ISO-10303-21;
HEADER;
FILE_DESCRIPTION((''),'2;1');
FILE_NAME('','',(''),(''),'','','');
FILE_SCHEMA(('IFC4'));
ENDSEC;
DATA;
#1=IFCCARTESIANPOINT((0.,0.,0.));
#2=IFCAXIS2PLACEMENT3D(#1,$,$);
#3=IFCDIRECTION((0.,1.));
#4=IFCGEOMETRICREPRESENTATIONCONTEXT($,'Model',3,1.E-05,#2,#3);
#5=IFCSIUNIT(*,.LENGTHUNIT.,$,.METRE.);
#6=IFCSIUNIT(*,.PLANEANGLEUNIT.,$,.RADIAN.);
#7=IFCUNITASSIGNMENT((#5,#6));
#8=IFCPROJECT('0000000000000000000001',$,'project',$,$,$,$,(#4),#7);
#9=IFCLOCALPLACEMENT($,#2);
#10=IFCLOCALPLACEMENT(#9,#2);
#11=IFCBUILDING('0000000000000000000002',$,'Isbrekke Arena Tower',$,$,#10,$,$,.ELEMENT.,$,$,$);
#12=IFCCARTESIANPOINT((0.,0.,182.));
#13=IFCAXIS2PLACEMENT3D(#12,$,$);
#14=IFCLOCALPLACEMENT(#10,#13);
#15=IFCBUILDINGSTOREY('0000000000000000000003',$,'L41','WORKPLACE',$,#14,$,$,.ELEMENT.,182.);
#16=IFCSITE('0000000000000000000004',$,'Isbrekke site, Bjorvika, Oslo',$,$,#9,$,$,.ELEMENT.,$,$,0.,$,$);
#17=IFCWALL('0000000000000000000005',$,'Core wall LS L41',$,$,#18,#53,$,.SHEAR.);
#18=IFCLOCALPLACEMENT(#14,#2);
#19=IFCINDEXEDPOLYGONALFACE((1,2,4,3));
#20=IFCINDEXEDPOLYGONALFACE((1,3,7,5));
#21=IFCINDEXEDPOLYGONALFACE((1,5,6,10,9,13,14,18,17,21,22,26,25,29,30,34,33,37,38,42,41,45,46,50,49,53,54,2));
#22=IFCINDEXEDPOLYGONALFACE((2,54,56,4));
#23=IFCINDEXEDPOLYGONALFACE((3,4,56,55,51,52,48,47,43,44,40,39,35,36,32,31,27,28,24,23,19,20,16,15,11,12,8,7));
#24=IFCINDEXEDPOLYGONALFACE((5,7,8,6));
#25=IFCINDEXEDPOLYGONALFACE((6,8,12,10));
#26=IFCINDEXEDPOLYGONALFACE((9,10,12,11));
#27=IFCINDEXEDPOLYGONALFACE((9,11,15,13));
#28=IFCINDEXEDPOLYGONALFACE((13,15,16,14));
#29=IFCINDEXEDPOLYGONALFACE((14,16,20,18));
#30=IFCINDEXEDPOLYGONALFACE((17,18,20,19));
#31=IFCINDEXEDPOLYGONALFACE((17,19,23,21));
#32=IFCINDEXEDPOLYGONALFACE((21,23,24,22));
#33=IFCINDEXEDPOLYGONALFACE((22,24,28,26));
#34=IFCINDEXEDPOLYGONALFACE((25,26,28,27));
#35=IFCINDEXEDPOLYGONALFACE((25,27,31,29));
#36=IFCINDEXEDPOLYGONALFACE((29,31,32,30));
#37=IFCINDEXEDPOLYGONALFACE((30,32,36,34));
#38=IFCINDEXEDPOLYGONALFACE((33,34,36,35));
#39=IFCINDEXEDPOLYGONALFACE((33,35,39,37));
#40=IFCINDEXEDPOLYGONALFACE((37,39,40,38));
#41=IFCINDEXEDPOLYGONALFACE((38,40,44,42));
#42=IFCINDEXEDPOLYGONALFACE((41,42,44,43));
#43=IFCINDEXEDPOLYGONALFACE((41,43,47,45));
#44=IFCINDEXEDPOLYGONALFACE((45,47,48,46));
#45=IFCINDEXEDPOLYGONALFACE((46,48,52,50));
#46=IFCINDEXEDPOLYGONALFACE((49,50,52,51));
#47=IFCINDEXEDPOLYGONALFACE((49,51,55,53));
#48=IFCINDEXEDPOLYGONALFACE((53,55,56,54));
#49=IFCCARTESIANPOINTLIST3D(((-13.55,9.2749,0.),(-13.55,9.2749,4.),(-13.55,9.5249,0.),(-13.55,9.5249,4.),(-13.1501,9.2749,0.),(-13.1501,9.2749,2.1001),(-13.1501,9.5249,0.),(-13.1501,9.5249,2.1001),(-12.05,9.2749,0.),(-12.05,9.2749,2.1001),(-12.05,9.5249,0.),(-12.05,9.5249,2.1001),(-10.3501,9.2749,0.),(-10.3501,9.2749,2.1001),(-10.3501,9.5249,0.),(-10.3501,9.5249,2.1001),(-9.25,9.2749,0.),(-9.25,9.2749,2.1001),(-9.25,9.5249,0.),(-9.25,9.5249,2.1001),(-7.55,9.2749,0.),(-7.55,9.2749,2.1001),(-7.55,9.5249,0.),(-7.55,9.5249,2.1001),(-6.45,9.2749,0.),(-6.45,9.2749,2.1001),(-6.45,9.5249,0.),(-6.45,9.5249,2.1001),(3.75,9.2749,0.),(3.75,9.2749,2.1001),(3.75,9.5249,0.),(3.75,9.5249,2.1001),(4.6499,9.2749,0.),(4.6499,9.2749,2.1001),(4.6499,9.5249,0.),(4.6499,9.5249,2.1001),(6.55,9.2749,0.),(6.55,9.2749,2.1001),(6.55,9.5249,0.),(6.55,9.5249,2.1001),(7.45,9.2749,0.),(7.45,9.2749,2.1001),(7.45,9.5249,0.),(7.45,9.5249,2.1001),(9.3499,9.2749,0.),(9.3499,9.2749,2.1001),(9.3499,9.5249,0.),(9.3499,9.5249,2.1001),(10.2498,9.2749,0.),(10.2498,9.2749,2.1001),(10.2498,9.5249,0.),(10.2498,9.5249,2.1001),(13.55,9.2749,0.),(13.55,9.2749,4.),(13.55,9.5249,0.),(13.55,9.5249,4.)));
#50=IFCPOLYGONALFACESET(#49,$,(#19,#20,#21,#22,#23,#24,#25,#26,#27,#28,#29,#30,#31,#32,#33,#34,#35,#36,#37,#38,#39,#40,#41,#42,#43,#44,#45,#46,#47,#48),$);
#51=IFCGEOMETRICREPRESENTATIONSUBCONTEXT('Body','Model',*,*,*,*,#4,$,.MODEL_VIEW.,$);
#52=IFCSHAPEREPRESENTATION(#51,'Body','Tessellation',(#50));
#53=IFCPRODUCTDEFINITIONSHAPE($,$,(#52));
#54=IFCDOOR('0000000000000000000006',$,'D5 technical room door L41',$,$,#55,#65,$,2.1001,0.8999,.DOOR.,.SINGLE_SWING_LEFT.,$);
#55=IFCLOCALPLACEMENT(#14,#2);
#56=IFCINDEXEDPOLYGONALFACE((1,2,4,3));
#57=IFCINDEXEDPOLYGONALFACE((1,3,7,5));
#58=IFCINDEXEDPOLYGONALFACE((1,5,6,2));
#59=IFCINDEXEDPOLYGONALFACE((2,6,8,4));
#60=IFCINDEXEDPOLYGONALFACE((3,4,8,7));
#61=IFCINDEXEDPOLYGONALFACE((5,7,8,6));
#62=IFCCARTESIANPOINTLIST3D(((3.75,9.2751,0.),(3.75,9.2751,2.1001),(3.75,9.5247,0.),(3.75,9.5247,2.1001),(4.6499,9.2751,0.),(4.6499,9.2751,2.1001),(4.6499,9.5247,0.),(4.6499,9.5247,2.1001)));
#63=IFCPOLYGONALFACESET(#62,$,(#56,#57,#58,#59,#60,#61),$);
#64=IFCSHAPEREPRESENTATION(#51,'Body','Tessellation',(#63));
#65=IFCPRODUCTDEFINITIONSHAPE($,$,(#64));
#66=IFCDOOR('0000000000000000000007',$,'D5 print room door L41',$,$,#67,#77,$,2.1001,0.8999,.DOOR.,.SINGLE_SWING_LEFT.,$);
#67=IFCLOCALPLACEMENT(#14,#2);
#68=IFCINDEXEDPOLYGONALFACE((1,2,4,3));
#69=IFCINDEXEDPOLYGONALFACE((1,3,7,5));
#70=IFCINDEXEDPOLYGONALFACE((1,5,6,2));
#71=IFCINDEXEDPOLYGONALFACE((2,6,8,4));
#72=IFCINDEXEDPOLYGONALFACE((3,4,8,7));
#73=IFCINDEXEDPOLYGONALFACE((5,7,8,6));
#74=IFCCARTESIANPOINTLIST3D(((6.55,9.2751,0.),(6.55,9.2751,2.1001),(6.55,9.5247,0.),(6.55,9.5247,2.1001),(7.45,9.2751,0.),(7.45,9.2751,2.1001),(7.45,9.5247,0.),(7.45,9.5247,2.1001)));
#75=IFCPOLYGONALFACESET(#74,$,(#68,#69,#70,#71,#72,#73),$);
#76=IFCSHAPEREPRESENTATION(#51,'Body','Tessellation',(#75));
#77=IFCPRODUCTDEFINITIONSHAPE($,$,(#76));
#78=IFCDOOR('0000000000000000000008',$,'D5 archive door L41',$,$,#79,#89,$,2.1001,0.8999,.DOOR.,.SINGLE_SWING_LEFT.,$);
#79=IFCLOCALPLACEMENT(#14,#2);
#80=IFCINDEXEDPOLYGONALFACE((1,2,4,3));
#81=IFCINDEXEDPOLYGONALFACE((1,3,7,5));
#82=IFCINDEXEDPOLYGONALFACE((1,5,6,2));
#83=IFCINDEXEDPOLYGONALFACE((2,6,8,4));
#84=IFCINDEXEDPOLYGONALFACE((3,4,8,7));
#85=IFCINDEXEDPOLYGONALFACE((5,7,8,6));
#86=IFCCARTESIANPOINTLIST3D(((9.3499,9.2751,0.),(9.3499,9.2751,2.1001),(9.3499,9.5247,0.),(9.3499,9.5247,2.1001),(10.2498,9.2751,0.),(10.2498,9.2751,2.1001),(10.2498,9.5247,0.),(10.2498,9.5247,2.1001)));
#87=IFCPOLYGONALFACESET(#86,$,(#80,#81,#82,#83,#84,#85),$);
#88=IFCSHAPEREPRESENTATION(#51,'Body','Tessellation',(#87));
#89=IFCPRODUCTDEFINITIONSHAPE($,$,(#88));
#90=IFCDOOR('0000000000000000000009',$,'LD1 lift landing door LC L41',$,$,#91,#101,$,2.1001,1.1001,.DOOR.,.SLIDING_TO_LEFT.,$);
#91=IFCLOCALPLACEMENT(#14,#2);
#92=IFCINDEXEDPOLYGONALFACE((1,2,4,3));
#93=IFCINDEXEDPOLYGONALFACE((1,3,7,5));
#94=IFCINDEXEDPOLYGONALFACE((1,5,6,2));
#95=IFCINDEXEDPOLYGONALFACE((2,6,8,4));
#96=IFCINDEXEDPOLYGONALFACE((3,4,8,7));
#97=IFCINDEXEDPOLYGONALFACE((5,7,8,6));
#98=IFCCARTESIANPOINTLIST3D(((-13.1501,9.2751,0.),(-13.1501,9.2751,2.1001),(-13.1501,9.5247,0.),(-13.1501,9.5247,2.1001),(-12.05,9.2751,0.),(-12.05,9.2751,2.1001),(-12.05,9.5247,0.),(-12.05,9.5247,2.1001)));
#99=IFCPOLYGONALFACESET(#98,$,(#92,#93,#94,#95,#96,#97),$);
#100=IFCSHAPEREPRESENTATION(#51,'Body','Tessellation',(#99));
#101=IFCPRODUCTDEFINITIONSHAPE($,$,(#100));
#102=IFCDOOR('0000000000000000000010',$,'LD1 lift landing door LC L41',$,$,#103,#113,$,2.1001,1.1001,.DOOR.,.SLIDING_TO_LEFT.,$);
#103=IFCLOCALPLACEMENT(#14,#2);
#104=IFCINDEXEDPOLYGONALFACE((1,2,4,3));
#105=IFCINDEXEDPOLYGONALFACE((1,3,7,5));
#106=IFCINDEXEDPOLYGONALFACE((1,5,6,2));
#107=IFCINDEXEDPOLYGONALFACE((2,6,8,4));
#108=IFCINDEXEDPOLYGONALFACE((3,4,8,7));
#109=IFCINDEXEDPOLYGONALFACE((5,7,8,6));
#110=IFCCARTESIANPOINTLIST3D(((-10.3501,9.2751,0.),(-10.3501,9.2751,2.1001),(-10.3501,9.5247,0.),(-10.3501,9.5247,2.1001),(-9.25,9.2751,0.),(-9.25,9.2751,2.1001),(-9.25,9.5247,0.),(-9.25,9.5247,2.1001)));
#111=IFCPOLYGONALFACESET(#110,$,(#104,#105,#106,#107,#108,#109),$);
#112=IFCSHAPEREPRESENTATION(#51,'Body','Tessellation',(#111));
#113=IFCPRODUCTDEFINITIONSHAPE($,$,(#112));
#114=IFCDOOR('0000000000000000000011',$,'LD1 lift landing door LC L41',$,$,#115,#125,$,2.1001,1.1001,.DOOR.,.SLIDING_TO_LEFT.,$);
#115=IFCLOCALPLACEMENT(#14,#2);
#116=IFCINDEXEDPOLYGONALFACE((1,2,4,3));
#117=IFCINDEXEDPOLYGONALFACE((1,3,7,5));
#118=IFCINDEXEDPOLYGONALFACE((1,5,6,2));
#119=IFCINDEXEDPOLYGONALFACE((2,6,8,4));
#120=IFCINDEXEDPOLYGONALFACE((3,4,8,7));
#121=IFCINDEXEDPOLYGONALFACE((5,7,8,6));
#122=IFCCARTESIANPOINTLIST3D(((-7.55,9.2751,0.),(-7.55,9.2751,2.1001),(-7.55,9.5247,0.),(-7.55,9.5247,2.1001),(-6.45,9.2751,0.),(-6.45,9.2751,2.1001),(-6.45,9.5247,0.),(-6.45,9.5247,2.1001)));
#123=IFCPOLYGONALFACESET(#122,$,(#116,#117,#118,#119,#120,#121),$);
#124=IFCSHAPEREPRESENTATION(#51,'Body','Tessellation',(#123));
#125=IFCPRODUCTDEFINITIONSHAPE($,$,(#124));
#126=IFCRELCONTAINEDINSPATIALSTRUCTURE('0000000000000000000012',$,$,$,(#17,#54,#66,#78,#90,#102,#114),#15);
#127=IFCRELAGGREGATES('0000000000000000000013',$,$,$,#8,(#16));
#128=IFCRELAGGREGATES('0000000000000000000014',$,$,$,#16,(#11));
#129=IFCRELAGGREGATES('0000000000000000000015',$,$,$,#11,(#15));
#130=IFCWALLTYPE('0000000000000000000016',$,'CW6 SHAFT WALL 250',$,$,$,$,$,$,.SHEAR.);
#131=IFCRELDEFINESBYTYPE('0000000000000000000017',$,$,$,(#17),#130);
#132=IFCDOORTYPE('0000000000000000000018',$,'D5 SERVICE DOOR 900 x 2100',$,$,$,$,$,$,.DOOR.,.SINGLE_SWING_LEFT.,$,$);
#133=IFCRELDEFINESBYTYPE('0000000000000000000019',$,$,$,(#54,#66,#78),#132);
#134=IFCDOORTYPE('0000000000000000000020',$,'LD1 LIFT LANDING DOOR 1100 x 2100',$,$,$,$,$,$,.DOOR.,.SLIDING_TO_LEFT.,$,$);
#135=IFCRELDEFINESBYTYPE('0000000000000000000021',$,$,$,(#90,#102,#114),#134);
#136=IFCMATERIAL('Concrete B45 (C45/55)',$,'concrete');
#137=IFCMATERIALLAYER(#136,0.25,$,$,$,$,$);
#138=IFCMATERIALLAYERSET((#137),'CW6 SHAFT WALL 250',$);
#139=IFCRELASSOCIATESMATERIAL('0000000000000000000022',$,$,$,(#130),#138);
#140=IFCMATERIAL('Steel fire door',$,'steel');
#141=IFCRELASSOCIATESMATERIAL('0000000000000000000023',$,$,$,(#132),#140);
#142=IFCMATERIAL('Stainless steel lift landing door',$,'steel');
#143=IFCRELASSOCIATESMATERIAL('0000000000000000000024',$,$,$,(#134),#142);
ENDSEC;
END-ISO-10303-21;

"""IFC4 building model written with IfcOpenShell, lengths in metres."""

from ifc_helpers import new_model, si_unit, direction, frame, frame_2d, origin, place, context, subcontext, project, spatial, rectangle, extrude, material, layer, layer_set, type_object, element, fill, save


model = new_model("IFC4")

# Units and contexts
model_context = context("Model", 3, precision=1e-05, world=origin(), true_north=direction((0.0, 1.0)))
body_context = subcontext(model_context, "Body", "Model", "MODEL_VIEW")
ifc_project = project(units=[si_unit("LENGTHUNIT", "METRE"), si_unit("PLANEANGLEUNIT", "RADIAN")], contexts=[model_context])

# Site, building, storey
site_placement = place(None, origin())
site = spatial("IfcSite", under=ifc_project, at=site_placement, Name="Isbrekke site, Bjorvika, Oslo", CompositionType="ELEMENT", RefElevation=0.0)
building_placement = place(site_placement, origin())
building = spatial("IfcBuilding", under=site, at=building_placement, Name="Isbrekke Arena Tower", CompositionType="ELEMENT")
storey_placement = place(building_placement, frame((0.0, 0.0, 182.0)))
storey = spatial("IfcBuildingStorey", under=building, at=storey_placement, Name="L41", Description="WORKPLACE", CompositionType="ELEMENT", Elevation=182.0)

# Wall, openings, doors
ifc_material_1 = material(Name="Concrete B45 (C45/55)", Category="concrete")
ifc_layer_1 = layer(ifc_material_1, 0.25)
ifc_layer_set_1 = layer_set([ifc_layer_1], Name="CW6 SHAFT WALL 250")
wall_type_1 = type_object("IfcWallType", Name="CW6 SHAFT WALL 250", PredefinedType="SHEAR", material=ifc_layer_set_1)
wall_1_placement = place(storey_placement, frame((-13.55, 9.3999, 0.0), z_axis=(0.0, 0.0, 1.0), x_axis=(1.0, 0.0, 0.0)))
wall_1 = element("IfcWall", 1, at=wall_1_placement, inside=storey, type_object=wall_type_1, Name="Core wall LS L41", PredefinedType="SHEAR", context=body_context, shape_type="SweptSolid", body=[
    extrude(rectangle(XDim=27.1001, YDim=0.25, at=frame_2d((13.55, 0.0))), origin(), (0.0, 0.0, 1.0), 4.0),
])
opening_1_placement = place(wall_1_placement, frame((0.3999, 0.0, 0.0)))
opening_1 = element("IfcOpeningElement", 2, at=opening_1_placement, cuts=wall_1, PredefinedType="OPENING", context=body_context, shape_type="SweptSolid", body=[
    extrude(rectangle(XDim=1.1001, YDim=2.1001, at=frame_2d((0.55, 1.05))), frame((0.0, 0.1399, 0.0), z_axis=(0.0, -1.0, 0.0), x_axis=(1.0, 0.0, 0.0)), (0.0, 0.0, 1.0), 0.2798),
])
opening_2_placement = place(wall_1_placement, frame((3.2, 0.0, 0.0)))
opening_2 = element("IfcOpeningElement", 3, at=opening_2_placement, cuts=wall_1, PredefinedType="OPENING", context=body_context, shape_type="SweptSolid", body=[
    extrude(rectangle(XDim=1.1001, YDim=2.1001, at=frame_2d((0.55, 1.05))), frame((0.0, 0.1399, 0.0), z_axis=(0.0, -1.0, 0.0), x_axis=(1.0, 0.0, 0.0)), (0.0, 0.0, 1.0), 0.2798),
])
opening_3_placement = place(wall_1_placement, frame((6.0, 0.0, 0.0)))
opening_3 = element("IfcOpeningElement", 4, at=opening_3_placement, cuts=wall_1, PredefinedType="OPENING", context=body_context, shape_type="SweptSolid", body=[
    extrude(rectangle(XDim=1.1001, YDim=2.1001, at=frame_2d((0.55, 1.05))), frame((0.0, 0.1399, 0.0), z_axis=(0.0, -1.0, 0.0), x_axis=(1.0, 0.0, 0.0)), (0.0, 0.0, 1.0), 0.2798),
])
opening_4_placement = place(wall_1_placement, frame((17.3, 0.0, 0.0)))
opening_4 = element("IfcOpeningElement", 5, at=opening_4_placement, cuts=wall_1, PredefinedType="OPENING", context=body_context, shape_type="SweptSolid", body=[
    extrude(rectangle(XDim=0.8999, YDim=2.1001, at=frame_2d((0.45, 1.05))), frame((0.0, 0.1399, 0.0), z_axis=(0.0, -1.0, 0.0), x_axis=(1.0, 0.0, 0.0)), (0.0, 0.0, 1.0), 0.2798),
])
opening_5_placement = place(wall_1_placement, frame((20.1001, 0.0, 0.0)))
opening_5 = element("IfcOpeningElement", 6, at=opening_5_placement, cuts=wall_1, PredefinedType="OPENING", context=body_context, shape_type="SweptSolid", body=[
    extrude(rectangle(XDim=0.8999, YDim=2.1001, at=frame_2d((0.45, 1.05))), frame((0.0, 0.1399, 0.0), z_axis=(0.0, -1.0, 0.0), x_axis=(1.0, 0.0, 0.0)), (0.0, 0.0, 1.0), 0.2798),
])
opening_6_placement = place(wall_1_placement, frame((22.8999, 0.0, 0.0)))
opening_6 = element("IfcOpeningElement", 7, at=opening_6_placement, cuts=wall_1, PredefinedType="OPENING", context=body_context, shape_type="SweptSolid", body=[
    extrude(rectangle(XDim=0.8999, YDim=2.1001, at=frame_2d((0.45, 1.05))), frame((0.0, 0.1399, 0.0), z_axis=(0.0, -1.0, 0.0), x_axis=(1.0, 0.0, 0.0)), (0.0, 0.0, 1.0), 0.2798),
])
ifc_material_2 = material(Name="Steel fire door", Category="steel")
door_type_1 = type_object("IfcDoorType", Name="D5 SERVICE DOOR 900 x 2100", OperationType="SINGLE_SWING_LEFT", PredefinedType="DOOR", material=ifc_material_2)
door_1_placement = place(opening_4_placement, origin())
door_1 = element("IfcDoor", 8, at=door_1_placement, inside=storey, type_object=door_type_1, Name="D5 technical room door L41", OperationType="SINGLE_SWING_LEFT", OverallHeight=2.1001, OverallWidth=0.8999, PredefinedType="DOOR", context=body_context, shape_type="SweptSolid", body=[
    extrude(rectangle(XDim=0.8999, YDim=2.1001, at=frame_2d((0.45, 1.05))), frame((0.0, 0.1248, 0.0), z_axis=(0.0, -1.0, 0.0), x_axis=(1.0, 0.0, 0.0)), (0.0, 0.0, 1.0), 0.2495),
])
fill(opening_4, door_1)
door_2_placement = place(opening_5_placement, origin())
door_2 = element("IfcDoor", 9, at=door_2_placement, inside=storey, type_object=door_type_1, Name="D5 print room door L41", OperationType="SINGLE_SWING_LEFT", OverallHeight=2.1001, OverallWidth=0.8999, PredefinedType="DOOR", context=body_context, shape_type="SweptSolid", body=[
    extrude(rectangle(XDim=0.8999, YDim=2.1001, at=frame_2d((0.45, 1.05))), frame((0.0, 0.1248, 0.0), z_axis=(0.0, -1.0, 0.0), x_axis=(1.0, 0.0, 0.0)), (0.0, 0.0, 1.0), 0.2495),
])
fill(opening_5, door_2)
door_3_placement = place(opening_6_placement, origin())
door_3 = element("IfcDoor", 10, at=door_3_placement, inside=storey, type_object=door_type_1, Name="D5 archive door L41", OperationType="SINGLE_SWING_LEFT", OverallHeight=2.1001, OverallWidth=0.8999, PredefinedType="DOOR", context=body_context, shape_type="SweptSolid", body=[
    extrude(rectangle(XDim=0.8999, YDim=2.1001, at=frame_2d((0.45, 1.05))), frame((0.0, 0.1248, 0.0), z_axis=(0.0, -1.0, 0.0), x_axis=(1.0, 0.0, 0.0)), (0.0, 0.0, 1.0), 0.2495),
])
fill(opening_6, door_3)
ifc_material_3 = material(Name="Stainless steel lift landing door", Category="steel")
door_type_2 = type_object("IfcDoorType", Name="LD1 LIFT LANDING DOOR 1100 x 2100", OperationType="SLIDING_TO_LEFT", PredefinedType="DOOR", material=ifc_material_3)
door_4_placement = place(opening_1_placement, origin())
door_4 = element("IfcDoor", 11, at=door_4_placement, inside=storey, type_object=door_type_2, Name="LD1 lift landing door LC L41", OperationType="SLIDING_TO_LEFT", OverallHeight=2.1001, OverallWidth=1.1001, PredefinedType="DOOR", context=body_context, shape_type="SweptSolid", body=[
    extrude(rectangle(XDim=1.1001, YDim=2.1001, at=frame_2d((0.55, 1.05))), frame((0.0, 0.1248, 0.0), z_axis=(0.0, -1.0, 0.0), x_axis=(1.0, 0.0, 0.0)), (0.0, 0.0, 1.0), 0.2495),
])
fill(opening_1, door_4)
door_5_placement = place(opening_2_placement, origin())
door_5 = element("IfcDoor", 12, at=door_5_placement, inside=storey, type_object=door_type_2, Name="LD1 lift landing door LC L41", OperationType="SLIDING_TO_LEFT", OverallHeight=2.1001, OverallWidth=1.1001, PredefinedType="DOOR", context=body_context, shape_type="SweptSolid", body=[
    extrude(rectangle(XDim=1.1001, YDim=2.1001, at=frame_2d((0.55, 1.05))), frame((0.0, 0.1248, 0.0), z_axis=(0.0, -1.0, 0.0), x_axis=(1.0, 0.0, 0.0)), (0.0, 0.0, 1.0), 0.2495),
])
fill(opening_2, door_5)
door_6_placement = place(opening_3_placement, origin())
door_6 = element("IfcDoor", 13, at=door_6_placement, inside=storey, type_object=door_type_2, Name="LD1 lift landing door LC L41", OperationType="SLIDING_TO_LEFT", OverallHeight=2.1001, OverallWidth=1.1001, PredefinedType="DOOR", context=body_context, shape_type="SweptSolid", body=[
    extrude(rectangle(XDim=1.1001, YDim=2.1001, at=frame_2d((0.55, 1.05))), frame((0.0, 0.1248, 0.0), z_axis=(0.0, -1.0, 0.0), x_axis=(1.0, 0.0, 0.0)), (0.0, 0.0, 1.0), 0.2495),
])
fill(opening_3, door_6)

save(model, "model.ifc")
